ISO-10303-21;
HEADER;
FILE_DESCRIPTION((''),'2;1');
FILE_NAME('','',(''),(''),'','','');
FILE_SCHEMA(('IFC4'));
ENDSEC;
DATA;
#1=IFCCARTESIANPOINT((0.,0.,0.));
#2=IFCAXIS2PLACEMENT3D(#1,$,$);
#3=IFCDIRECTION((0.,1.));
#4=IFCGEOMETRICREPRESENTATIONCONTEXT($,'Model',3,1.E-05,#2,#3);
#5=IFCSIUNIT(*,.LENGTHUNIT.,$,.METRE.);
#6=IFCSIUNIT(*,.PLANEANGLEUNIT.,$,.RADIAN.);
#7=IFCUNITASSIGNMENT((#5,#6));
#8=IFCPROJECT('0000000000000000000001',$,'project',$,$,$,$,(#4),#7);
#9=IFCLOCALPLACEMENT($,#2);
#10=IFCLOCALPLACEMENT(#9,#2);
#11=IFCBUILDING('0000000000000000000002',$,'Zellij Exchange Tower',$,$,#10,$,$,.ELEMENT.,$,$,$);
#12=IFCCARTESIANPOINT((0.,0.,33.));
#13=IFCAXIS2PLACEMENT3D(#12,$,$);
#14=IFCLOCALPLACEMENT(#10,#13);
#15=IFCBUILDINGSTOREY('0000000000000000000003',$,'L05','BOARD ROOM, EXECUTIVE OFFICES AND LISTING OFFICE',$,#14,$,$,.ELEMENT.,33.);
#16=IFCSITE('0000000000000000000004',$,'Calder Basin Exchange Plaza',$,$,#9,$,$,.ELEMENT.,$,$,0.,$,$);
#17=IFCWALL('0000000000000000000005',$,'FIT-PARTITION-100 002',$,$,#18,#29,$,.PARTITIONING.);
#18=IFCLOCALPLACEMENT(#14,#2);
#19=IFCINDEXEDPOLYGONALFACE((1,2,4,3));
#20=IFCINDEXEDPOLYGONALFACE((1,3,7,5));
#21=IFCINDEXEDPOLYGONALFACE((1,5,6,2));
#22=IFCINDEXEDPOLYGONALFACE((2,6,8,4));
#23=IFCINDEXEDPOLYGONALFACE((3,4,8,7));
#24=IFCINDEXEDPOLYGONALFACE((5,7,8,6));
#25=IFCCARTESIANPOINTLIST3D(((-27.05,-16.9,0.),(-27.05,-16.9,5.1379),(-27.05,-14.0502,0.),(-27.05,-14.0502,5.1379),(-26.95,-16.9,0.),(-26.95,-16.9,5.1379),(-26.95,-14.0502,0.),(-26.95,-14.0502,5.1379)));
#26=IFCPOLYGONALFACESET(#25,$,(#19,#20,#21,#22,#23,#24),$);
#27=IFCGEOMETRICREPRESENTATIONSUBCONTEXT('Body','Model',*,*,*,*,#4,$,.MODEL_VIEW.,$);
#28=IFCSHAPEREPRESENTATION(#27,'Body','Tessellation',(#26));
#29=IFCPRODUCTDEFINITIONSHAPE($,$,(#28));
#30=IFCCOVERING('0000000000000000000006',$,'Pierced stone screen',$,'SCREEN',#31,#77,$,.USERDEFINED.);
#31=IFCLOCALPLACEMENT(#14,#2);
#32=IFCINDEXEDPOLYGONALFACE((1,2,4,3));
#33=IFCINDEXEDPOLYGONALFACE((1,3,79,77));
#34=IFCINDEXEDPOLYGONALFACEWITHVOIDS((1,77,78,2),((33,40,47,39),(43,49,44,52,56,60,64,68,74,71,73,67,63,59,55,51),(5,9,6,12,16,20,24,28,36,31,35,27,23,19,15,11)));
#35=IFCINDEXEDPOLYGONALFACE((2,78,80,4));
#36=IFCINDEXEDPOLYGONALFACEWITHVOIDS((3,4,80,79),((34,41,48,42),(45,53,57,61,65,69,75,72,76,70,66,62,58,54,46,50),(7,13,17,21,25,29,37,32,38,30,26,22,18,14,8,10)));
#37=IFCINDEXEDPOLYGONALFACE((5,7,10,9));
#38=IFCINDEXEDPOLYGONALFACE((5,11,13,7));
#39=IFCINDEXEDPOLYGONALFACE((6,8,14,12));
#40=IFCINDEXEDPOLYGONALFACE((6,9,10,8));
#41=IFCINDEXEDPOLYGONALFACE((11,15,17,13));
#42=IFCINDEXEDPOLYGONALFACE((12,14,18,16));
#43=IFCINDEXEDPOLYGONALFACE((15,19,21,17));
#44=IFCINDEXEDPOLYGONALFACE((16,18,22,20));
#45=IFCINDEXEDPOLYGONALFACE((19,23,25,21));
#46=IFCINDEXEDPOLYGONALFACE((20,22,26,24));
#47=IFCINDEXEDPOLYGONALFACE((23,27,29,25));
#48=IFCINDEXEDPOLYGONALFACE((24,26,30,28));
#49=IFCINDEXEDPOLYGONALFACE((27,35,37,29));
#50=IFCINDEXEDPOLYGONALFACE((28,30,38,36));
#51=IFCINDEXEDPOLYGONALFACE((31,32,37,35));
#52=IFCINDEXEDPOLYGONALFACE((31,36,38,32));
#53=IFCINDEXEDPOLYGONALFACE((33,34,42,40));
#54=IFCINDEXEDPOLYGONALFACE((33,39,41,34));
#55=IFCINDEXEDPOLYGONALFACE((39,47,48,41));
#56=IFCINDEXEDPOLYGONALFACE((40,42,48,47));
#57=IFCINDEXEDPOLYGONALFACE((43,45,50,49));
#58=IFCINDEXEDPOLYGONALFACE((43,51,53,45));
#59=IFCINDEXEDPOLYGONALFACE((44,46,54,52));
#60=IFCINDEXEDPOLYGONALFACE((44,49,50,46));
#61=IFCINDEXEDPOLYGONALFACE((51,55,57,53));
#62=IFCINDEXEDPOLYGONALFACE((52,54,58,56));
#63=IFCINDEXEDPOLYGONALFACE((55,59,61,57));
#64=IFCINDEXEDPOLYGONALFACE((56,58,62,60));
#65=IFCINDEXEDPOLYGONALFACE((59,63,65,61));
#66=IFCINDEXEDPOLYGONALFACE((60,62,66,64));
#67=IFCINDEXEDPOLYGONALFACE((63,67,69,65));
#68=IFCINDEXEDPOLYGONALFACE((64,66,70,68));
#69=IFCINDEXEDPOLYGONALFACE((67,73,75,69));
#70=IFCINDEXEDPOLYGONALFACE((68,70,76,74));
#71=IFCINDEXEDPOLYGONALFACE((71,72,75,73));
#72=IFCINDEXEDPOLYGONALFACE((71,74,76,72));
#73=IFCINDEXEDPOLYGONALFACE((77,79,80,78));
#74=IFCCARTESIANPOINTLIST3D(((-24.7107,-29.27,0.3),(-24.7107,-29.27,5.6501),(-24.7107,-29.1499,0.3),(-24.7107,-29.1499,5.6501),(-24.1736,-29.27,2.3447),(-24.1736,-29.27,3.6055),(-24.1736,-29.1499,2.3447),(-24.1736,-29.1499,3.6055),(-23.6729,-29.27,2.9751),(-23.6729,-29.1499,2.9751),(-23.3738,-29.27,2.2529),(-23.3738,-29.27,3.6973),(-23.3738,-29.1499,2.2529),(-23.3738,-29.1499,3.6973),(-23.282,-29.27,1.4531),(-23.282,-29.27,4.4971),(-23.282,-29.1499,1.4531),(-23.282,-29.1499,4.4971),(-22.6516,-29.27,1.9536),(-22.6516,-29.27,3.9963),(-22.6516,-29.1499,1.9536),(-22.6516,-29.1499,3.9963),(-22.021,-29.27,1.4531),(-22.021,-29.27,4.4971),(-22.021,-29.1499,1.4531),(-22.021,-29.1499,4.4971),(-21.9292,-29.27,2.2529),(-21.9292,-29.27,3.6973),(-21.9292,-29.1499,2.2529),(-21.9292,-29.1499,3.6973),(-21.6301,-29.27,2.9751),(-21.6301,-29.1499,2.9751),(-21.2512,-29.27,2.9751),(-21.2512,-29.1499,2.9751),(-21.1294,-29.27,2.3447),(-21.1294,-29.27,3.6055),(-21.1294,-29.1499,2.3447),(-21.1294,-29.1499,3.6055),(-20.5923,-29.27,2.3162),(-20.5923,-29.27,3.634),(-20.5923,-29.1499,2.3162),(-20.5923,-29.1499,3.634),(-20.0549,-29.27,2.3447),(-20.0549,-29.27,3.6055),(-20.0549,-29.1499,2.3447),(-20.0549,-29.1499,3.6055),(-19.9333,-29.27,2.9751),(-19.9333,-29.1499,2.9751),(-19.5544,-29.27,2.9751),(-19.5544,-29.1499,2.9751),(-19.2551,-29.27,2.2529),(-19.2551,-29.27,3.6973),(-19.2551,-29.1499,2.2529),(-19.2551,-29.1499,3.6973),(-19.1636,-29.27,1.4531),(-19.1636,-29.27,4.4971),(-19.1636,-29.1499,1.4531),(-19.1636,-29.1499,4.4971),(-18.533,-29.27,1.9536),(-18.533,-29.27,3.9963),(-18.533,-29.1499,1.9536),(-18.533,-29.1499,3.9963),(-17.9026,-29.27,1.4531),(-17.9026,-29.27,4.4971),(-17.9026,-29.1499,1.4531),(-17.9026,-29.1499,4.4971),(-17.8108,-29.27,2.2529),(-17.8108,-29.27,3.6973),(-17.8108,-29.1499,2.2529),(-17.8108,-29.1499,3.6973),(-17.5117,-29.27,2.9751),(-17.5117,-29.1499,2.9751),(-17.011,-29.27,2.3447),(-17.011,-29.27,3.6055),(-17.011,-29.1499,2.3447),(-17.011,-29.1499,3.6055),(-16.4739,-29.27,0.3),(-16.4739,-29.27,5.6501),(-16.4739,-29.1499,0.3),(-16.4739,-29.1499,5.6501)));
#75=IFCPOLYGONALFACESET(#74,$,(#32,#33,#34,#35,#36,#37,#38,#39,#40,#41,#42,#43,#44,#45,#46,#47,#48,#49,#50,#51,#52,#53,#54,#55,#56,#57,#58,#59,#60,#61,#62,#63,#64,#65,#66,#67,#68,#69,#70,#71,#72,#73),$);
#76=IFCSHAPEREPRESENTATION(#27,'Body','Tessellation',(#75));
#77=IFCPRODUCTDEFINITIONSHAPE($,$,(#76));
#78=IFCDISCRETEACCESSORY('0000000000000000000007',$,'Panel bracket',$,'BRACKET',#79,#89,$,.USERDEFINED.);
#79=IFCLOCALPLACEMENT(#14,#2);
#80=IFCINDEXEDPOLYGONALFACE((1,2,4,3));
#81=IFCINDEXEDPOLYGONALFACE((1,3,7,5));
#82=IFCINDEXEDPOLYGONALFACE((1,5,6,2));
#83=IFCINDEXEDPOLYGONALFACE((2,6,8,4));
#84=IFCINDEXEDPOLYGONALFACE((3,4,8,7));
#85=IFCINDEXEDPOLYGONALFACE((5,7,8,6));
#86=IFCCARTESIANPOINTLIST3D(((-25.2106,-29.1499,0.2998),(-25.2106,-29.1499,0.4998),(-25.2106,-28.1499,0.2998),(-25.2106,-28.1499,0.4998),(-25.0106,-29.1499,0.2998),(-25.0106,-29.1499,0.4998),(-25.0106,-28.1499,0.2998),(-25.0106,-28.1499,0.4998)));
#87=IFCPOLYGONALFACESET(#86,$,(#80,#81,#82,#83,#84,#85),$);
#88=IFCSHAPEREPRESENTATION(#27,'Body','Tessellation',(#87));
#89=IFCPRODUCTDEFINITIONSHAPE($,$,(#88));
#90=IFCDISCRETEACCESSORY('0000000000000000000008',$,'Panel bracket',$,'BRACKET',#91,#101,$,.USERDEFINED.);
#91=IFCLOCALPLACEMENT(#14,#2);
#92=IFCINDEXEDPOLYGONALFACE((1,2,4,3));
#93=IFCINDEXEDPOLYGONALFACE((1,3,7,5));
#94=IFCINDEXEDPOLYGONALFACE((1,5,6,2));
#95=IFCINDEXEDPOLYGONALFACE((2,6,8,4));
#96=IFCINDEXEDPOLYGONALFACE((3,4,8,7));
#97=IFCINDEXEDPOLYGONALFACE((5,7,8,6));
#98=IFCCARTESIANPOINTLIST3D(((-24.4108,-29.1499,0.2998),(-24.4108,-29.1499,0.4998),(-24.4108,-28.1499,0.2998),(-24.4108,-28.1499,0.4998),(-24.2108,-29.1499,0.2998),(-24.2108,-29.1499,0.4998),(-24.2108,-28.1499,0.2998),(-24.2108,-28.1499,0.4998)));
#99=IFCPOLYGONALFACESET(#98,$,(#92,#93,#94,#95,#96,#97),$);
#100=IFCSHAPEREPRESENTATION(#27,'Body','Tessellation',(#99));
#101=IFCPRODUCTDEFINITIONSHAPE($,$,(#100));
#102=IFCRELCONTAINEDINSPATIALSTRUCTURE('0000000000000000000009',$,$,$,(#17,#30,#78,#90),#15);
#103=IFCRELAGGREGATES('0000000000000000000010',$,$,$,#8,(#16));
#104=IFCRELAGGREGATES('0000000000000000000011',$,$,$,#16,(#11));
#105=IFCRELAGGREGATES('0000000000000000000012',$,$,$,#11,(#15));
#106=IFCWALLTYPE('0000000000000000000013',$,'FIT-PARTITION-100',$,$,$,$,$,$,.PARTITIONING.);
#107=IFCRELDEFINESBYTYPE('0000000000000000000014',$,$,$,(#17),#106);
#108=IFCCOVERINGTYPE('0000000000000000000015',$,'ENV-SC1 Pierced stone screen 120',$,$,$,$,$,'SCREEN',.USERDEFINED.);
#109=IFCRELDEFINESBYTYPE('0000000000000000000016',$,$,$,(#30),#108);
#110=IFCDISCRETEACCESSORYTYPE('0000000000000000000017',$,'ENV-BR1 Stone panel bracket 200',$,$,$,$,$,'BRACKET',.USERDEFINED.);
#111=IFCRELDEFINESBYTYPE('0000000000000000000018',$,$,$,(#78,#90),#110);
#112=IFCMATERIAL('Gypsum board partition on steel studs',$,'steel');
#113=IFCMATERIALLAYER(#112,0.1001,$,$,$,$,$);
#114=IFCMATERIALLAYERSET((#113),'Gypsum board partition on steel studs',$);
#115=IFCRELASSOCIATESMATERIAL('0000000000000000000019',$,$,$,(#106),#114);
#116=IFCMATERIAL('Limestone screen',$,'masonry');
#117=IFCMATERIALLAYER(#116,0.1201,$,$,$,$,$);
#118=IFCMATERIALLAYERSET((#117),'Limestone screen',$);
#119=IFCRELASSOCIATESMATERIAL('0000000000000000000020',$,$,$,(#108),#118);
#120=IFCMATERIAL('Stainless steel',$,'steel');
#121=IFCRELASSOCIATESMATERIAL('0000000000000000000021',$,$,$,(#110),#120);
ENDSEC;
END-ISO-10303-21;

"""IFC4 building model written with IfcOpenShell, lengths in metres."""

from ifc_helpers import new_model, si_unit, direction, frame, frame_2d, origin, origin_2d, place, context, subcontext, project, spatial, polyline, rectangle, outline, extrude, material, layer, layer_set, type_object, element, save


model = new_model("IFC4")

# Units and contexts
model_context = context("Model", 3, precision=1e-05, world=origin(), true_north=direction((0.0, 1.0)))
body_context = subcontext(model_context, "Body", "Model", "MODEL_VIEW")
ifc_project = project(units=[si_unit("LENGTHUNIT", "METRE"), si_unit("PLANEANGLEUNIT", "RADIAN")], contexts=[model_context])

# Site, building, storey
site_placement = place(None, origin())
site = spatial("IfcSite", under=ifc_project, at=site_placement, Name="Calder Basin Exchange Plaza", CompositionType="ELEMENT", RefElevation=0.0)
building_placement = place(site_placement, origin())
building = spatial("IfcBuilding", under=site, at=building_placement, Name="Zellij Exchange Tower", CompositionType="ELEMENT")
storey_placement = place(building_placement, frame((0.0, 0.0, 33.0)))
storey = spatial("IfcBuildingStorey", under=building, at=storey_placement, Name="L05", Description="BOARD ROOM, EXECUTIVE OFFICES AND LISTING OFFICE", CompositionType="ELEMENT", Elevation=33.0)

# Wall
ifc_material_1 = material(Name="Gypsum board partition on steel studs", Category="steel")
ifc_layer_1 = layer(ifc_material_1, 0.1001)
ifc_layer_set_1 = layer_set([ifc_layer_1], Name="Gypsum board partition on steel studs")
wall_type = type_object("IfcWallType", Name="FIT-PARTITION-100", PredefinedType="PARTITIONING", material=ifc_layer_set_1)
wall_1_placement = place(storey_placement, frame((-27.0, -16.8999, 0.0), z_axis=(0.0, 0.0, 1.0), x_axis=(0.0, 1.0, 0.0)))
element("IfcWall", 1, at=wall_1_placement, inside=storey, type_object=wall_type, Name="FIT-PARTITION-100 002", PredefinedType="PARTITIONING", context=body_context, shape_type="SweptSolid", body=[
    extrude(rectangle(XDim=2.8499, YDim=0.1001, at=frame_2d((1.4248, 0.0))), origin(), (0.0, 0.0, 1.0), 5.1379),
])

# Covering
ifc_material_2 = material(Name="Limestone screen", Category="masonry")
ifc_layer_2 = layer(ifc_material_2, 0.1201)
ifc_layer_set_2 = layer_set([ifc_layer_2], Name="Limestone screen")
covering_type = type_object("IfcCoveringType", Name="ENV-SC1 Pierced stone screen 120", ElementType="SCREEN", PredefinedType="USERDEFINED", material=ifc_layer_set_2)
covering_placement = place(storey_placement, frame((-24.7107, -29.21, 0.3), z_axis=(0.0, 0.0, 1.0), x_axis=(1.0, 0.0, 0.0)))
element("IfcCovering", 2, at=covering_placement, inside=storey, type_object=covering_type, Name="Pierced stone screen", ObjectType="SCREEN", PredefinedType="USERDEFINED", context=body_context, shape_type="SweptSolid", body=[
    extrude(outline(polyline([(0.0, 0.0), (8.2368, 0.0), (8.2368, 5.3501), (0.0, 5.3501), (0.0, 0.0)]), holes=[polyline([(3.5813, 3.3054), (2.7815, 3.3972), (2.6897, 4.197), (2.0591, 3.6963), (1.4287, 4.197), (1.3369, 3.3972), (0.5371, 3.3054), (1.0378, 2.675), (0.5371, 2.0447), (1.3369, 1.9529), (1.4287, 1.1531), (2.0591, 1.6536), (2.6897, 1.1531), (2.7815, 1.9529), (3.5813, 2.0447), (3.0806, 2.675), (3.5813, 3.3054)]), polyline([(7.6997, 3.3054), (6.8999, 3.3972), (6.8081, 4.197), (6.1777, 3.6963), (5.5471, 4.197), (5.4556, 3.3972), (4.6558, 3.3054), (5.1562, 2.675), (4.6558, 2.0447), (5.4556, 1.9529), (5.5471, 1.1531), (6.1777, 1.6536), (6.8081, 1.1531), (6.8999, 1.9529), (7.6997, 2.0447), (7.199, 2.675), (7.6997, 3.3054)]), polyline([(4.7773, 2.675), (4.1184, 3.334), (3.4595, 2.675), (4.1184, 2.0161), (4.7773, 2.675)])]), frame((0.0, 0.0601, 0.0), z_axis=(0.0, -1.0, 0.0), x_axis=(1.0, 0.0, 0.0)), (0.0, 0.0, 1.0), 0.1201),
])

# Discrete accessories
ifc_material_3 = material(Name="Stainless steel", Category="steel")
discrete_accessory_type = type_object("IfcDiscreteAccessoryType", Name="ENV-BR1 Stone panel bracket 200", ElementType="BRACKET", PredefinedType="USERDEFINED", material=ifc_material_3)
for number, where, z_axis, x_axis, name in (
    (3, (-25.1106, -28.6499, 0.2998), (0.0, 0.0, 1.0), (1.0, 0.0, 0.0), "Panel bracket"),
    (4, (-24.3108, -28.6499, 0.2998), (0.0, 0.0, 1.0), (1.0, 0.0, 0.0), "Panel bracket"),
):
    element("IfcDiscreteAccessory", number, at=place(storey_placement, frame(where, z_axis=z_axis, x_axis=x_axis)), inside=storey, type_object=discrete_accessory_type, Name=name, ObjectType="BRACKET", PredefinedType="USERDEFINED", context=body_context, shape_type="SweptSolid", body=[
        extrude(rectangle(XDim=0.2, YDim=1.0, at=origin_2d()), origin(), (0.0, 0.0, 1.0), 0.2),
    ])

save(model, "model.ifc")
